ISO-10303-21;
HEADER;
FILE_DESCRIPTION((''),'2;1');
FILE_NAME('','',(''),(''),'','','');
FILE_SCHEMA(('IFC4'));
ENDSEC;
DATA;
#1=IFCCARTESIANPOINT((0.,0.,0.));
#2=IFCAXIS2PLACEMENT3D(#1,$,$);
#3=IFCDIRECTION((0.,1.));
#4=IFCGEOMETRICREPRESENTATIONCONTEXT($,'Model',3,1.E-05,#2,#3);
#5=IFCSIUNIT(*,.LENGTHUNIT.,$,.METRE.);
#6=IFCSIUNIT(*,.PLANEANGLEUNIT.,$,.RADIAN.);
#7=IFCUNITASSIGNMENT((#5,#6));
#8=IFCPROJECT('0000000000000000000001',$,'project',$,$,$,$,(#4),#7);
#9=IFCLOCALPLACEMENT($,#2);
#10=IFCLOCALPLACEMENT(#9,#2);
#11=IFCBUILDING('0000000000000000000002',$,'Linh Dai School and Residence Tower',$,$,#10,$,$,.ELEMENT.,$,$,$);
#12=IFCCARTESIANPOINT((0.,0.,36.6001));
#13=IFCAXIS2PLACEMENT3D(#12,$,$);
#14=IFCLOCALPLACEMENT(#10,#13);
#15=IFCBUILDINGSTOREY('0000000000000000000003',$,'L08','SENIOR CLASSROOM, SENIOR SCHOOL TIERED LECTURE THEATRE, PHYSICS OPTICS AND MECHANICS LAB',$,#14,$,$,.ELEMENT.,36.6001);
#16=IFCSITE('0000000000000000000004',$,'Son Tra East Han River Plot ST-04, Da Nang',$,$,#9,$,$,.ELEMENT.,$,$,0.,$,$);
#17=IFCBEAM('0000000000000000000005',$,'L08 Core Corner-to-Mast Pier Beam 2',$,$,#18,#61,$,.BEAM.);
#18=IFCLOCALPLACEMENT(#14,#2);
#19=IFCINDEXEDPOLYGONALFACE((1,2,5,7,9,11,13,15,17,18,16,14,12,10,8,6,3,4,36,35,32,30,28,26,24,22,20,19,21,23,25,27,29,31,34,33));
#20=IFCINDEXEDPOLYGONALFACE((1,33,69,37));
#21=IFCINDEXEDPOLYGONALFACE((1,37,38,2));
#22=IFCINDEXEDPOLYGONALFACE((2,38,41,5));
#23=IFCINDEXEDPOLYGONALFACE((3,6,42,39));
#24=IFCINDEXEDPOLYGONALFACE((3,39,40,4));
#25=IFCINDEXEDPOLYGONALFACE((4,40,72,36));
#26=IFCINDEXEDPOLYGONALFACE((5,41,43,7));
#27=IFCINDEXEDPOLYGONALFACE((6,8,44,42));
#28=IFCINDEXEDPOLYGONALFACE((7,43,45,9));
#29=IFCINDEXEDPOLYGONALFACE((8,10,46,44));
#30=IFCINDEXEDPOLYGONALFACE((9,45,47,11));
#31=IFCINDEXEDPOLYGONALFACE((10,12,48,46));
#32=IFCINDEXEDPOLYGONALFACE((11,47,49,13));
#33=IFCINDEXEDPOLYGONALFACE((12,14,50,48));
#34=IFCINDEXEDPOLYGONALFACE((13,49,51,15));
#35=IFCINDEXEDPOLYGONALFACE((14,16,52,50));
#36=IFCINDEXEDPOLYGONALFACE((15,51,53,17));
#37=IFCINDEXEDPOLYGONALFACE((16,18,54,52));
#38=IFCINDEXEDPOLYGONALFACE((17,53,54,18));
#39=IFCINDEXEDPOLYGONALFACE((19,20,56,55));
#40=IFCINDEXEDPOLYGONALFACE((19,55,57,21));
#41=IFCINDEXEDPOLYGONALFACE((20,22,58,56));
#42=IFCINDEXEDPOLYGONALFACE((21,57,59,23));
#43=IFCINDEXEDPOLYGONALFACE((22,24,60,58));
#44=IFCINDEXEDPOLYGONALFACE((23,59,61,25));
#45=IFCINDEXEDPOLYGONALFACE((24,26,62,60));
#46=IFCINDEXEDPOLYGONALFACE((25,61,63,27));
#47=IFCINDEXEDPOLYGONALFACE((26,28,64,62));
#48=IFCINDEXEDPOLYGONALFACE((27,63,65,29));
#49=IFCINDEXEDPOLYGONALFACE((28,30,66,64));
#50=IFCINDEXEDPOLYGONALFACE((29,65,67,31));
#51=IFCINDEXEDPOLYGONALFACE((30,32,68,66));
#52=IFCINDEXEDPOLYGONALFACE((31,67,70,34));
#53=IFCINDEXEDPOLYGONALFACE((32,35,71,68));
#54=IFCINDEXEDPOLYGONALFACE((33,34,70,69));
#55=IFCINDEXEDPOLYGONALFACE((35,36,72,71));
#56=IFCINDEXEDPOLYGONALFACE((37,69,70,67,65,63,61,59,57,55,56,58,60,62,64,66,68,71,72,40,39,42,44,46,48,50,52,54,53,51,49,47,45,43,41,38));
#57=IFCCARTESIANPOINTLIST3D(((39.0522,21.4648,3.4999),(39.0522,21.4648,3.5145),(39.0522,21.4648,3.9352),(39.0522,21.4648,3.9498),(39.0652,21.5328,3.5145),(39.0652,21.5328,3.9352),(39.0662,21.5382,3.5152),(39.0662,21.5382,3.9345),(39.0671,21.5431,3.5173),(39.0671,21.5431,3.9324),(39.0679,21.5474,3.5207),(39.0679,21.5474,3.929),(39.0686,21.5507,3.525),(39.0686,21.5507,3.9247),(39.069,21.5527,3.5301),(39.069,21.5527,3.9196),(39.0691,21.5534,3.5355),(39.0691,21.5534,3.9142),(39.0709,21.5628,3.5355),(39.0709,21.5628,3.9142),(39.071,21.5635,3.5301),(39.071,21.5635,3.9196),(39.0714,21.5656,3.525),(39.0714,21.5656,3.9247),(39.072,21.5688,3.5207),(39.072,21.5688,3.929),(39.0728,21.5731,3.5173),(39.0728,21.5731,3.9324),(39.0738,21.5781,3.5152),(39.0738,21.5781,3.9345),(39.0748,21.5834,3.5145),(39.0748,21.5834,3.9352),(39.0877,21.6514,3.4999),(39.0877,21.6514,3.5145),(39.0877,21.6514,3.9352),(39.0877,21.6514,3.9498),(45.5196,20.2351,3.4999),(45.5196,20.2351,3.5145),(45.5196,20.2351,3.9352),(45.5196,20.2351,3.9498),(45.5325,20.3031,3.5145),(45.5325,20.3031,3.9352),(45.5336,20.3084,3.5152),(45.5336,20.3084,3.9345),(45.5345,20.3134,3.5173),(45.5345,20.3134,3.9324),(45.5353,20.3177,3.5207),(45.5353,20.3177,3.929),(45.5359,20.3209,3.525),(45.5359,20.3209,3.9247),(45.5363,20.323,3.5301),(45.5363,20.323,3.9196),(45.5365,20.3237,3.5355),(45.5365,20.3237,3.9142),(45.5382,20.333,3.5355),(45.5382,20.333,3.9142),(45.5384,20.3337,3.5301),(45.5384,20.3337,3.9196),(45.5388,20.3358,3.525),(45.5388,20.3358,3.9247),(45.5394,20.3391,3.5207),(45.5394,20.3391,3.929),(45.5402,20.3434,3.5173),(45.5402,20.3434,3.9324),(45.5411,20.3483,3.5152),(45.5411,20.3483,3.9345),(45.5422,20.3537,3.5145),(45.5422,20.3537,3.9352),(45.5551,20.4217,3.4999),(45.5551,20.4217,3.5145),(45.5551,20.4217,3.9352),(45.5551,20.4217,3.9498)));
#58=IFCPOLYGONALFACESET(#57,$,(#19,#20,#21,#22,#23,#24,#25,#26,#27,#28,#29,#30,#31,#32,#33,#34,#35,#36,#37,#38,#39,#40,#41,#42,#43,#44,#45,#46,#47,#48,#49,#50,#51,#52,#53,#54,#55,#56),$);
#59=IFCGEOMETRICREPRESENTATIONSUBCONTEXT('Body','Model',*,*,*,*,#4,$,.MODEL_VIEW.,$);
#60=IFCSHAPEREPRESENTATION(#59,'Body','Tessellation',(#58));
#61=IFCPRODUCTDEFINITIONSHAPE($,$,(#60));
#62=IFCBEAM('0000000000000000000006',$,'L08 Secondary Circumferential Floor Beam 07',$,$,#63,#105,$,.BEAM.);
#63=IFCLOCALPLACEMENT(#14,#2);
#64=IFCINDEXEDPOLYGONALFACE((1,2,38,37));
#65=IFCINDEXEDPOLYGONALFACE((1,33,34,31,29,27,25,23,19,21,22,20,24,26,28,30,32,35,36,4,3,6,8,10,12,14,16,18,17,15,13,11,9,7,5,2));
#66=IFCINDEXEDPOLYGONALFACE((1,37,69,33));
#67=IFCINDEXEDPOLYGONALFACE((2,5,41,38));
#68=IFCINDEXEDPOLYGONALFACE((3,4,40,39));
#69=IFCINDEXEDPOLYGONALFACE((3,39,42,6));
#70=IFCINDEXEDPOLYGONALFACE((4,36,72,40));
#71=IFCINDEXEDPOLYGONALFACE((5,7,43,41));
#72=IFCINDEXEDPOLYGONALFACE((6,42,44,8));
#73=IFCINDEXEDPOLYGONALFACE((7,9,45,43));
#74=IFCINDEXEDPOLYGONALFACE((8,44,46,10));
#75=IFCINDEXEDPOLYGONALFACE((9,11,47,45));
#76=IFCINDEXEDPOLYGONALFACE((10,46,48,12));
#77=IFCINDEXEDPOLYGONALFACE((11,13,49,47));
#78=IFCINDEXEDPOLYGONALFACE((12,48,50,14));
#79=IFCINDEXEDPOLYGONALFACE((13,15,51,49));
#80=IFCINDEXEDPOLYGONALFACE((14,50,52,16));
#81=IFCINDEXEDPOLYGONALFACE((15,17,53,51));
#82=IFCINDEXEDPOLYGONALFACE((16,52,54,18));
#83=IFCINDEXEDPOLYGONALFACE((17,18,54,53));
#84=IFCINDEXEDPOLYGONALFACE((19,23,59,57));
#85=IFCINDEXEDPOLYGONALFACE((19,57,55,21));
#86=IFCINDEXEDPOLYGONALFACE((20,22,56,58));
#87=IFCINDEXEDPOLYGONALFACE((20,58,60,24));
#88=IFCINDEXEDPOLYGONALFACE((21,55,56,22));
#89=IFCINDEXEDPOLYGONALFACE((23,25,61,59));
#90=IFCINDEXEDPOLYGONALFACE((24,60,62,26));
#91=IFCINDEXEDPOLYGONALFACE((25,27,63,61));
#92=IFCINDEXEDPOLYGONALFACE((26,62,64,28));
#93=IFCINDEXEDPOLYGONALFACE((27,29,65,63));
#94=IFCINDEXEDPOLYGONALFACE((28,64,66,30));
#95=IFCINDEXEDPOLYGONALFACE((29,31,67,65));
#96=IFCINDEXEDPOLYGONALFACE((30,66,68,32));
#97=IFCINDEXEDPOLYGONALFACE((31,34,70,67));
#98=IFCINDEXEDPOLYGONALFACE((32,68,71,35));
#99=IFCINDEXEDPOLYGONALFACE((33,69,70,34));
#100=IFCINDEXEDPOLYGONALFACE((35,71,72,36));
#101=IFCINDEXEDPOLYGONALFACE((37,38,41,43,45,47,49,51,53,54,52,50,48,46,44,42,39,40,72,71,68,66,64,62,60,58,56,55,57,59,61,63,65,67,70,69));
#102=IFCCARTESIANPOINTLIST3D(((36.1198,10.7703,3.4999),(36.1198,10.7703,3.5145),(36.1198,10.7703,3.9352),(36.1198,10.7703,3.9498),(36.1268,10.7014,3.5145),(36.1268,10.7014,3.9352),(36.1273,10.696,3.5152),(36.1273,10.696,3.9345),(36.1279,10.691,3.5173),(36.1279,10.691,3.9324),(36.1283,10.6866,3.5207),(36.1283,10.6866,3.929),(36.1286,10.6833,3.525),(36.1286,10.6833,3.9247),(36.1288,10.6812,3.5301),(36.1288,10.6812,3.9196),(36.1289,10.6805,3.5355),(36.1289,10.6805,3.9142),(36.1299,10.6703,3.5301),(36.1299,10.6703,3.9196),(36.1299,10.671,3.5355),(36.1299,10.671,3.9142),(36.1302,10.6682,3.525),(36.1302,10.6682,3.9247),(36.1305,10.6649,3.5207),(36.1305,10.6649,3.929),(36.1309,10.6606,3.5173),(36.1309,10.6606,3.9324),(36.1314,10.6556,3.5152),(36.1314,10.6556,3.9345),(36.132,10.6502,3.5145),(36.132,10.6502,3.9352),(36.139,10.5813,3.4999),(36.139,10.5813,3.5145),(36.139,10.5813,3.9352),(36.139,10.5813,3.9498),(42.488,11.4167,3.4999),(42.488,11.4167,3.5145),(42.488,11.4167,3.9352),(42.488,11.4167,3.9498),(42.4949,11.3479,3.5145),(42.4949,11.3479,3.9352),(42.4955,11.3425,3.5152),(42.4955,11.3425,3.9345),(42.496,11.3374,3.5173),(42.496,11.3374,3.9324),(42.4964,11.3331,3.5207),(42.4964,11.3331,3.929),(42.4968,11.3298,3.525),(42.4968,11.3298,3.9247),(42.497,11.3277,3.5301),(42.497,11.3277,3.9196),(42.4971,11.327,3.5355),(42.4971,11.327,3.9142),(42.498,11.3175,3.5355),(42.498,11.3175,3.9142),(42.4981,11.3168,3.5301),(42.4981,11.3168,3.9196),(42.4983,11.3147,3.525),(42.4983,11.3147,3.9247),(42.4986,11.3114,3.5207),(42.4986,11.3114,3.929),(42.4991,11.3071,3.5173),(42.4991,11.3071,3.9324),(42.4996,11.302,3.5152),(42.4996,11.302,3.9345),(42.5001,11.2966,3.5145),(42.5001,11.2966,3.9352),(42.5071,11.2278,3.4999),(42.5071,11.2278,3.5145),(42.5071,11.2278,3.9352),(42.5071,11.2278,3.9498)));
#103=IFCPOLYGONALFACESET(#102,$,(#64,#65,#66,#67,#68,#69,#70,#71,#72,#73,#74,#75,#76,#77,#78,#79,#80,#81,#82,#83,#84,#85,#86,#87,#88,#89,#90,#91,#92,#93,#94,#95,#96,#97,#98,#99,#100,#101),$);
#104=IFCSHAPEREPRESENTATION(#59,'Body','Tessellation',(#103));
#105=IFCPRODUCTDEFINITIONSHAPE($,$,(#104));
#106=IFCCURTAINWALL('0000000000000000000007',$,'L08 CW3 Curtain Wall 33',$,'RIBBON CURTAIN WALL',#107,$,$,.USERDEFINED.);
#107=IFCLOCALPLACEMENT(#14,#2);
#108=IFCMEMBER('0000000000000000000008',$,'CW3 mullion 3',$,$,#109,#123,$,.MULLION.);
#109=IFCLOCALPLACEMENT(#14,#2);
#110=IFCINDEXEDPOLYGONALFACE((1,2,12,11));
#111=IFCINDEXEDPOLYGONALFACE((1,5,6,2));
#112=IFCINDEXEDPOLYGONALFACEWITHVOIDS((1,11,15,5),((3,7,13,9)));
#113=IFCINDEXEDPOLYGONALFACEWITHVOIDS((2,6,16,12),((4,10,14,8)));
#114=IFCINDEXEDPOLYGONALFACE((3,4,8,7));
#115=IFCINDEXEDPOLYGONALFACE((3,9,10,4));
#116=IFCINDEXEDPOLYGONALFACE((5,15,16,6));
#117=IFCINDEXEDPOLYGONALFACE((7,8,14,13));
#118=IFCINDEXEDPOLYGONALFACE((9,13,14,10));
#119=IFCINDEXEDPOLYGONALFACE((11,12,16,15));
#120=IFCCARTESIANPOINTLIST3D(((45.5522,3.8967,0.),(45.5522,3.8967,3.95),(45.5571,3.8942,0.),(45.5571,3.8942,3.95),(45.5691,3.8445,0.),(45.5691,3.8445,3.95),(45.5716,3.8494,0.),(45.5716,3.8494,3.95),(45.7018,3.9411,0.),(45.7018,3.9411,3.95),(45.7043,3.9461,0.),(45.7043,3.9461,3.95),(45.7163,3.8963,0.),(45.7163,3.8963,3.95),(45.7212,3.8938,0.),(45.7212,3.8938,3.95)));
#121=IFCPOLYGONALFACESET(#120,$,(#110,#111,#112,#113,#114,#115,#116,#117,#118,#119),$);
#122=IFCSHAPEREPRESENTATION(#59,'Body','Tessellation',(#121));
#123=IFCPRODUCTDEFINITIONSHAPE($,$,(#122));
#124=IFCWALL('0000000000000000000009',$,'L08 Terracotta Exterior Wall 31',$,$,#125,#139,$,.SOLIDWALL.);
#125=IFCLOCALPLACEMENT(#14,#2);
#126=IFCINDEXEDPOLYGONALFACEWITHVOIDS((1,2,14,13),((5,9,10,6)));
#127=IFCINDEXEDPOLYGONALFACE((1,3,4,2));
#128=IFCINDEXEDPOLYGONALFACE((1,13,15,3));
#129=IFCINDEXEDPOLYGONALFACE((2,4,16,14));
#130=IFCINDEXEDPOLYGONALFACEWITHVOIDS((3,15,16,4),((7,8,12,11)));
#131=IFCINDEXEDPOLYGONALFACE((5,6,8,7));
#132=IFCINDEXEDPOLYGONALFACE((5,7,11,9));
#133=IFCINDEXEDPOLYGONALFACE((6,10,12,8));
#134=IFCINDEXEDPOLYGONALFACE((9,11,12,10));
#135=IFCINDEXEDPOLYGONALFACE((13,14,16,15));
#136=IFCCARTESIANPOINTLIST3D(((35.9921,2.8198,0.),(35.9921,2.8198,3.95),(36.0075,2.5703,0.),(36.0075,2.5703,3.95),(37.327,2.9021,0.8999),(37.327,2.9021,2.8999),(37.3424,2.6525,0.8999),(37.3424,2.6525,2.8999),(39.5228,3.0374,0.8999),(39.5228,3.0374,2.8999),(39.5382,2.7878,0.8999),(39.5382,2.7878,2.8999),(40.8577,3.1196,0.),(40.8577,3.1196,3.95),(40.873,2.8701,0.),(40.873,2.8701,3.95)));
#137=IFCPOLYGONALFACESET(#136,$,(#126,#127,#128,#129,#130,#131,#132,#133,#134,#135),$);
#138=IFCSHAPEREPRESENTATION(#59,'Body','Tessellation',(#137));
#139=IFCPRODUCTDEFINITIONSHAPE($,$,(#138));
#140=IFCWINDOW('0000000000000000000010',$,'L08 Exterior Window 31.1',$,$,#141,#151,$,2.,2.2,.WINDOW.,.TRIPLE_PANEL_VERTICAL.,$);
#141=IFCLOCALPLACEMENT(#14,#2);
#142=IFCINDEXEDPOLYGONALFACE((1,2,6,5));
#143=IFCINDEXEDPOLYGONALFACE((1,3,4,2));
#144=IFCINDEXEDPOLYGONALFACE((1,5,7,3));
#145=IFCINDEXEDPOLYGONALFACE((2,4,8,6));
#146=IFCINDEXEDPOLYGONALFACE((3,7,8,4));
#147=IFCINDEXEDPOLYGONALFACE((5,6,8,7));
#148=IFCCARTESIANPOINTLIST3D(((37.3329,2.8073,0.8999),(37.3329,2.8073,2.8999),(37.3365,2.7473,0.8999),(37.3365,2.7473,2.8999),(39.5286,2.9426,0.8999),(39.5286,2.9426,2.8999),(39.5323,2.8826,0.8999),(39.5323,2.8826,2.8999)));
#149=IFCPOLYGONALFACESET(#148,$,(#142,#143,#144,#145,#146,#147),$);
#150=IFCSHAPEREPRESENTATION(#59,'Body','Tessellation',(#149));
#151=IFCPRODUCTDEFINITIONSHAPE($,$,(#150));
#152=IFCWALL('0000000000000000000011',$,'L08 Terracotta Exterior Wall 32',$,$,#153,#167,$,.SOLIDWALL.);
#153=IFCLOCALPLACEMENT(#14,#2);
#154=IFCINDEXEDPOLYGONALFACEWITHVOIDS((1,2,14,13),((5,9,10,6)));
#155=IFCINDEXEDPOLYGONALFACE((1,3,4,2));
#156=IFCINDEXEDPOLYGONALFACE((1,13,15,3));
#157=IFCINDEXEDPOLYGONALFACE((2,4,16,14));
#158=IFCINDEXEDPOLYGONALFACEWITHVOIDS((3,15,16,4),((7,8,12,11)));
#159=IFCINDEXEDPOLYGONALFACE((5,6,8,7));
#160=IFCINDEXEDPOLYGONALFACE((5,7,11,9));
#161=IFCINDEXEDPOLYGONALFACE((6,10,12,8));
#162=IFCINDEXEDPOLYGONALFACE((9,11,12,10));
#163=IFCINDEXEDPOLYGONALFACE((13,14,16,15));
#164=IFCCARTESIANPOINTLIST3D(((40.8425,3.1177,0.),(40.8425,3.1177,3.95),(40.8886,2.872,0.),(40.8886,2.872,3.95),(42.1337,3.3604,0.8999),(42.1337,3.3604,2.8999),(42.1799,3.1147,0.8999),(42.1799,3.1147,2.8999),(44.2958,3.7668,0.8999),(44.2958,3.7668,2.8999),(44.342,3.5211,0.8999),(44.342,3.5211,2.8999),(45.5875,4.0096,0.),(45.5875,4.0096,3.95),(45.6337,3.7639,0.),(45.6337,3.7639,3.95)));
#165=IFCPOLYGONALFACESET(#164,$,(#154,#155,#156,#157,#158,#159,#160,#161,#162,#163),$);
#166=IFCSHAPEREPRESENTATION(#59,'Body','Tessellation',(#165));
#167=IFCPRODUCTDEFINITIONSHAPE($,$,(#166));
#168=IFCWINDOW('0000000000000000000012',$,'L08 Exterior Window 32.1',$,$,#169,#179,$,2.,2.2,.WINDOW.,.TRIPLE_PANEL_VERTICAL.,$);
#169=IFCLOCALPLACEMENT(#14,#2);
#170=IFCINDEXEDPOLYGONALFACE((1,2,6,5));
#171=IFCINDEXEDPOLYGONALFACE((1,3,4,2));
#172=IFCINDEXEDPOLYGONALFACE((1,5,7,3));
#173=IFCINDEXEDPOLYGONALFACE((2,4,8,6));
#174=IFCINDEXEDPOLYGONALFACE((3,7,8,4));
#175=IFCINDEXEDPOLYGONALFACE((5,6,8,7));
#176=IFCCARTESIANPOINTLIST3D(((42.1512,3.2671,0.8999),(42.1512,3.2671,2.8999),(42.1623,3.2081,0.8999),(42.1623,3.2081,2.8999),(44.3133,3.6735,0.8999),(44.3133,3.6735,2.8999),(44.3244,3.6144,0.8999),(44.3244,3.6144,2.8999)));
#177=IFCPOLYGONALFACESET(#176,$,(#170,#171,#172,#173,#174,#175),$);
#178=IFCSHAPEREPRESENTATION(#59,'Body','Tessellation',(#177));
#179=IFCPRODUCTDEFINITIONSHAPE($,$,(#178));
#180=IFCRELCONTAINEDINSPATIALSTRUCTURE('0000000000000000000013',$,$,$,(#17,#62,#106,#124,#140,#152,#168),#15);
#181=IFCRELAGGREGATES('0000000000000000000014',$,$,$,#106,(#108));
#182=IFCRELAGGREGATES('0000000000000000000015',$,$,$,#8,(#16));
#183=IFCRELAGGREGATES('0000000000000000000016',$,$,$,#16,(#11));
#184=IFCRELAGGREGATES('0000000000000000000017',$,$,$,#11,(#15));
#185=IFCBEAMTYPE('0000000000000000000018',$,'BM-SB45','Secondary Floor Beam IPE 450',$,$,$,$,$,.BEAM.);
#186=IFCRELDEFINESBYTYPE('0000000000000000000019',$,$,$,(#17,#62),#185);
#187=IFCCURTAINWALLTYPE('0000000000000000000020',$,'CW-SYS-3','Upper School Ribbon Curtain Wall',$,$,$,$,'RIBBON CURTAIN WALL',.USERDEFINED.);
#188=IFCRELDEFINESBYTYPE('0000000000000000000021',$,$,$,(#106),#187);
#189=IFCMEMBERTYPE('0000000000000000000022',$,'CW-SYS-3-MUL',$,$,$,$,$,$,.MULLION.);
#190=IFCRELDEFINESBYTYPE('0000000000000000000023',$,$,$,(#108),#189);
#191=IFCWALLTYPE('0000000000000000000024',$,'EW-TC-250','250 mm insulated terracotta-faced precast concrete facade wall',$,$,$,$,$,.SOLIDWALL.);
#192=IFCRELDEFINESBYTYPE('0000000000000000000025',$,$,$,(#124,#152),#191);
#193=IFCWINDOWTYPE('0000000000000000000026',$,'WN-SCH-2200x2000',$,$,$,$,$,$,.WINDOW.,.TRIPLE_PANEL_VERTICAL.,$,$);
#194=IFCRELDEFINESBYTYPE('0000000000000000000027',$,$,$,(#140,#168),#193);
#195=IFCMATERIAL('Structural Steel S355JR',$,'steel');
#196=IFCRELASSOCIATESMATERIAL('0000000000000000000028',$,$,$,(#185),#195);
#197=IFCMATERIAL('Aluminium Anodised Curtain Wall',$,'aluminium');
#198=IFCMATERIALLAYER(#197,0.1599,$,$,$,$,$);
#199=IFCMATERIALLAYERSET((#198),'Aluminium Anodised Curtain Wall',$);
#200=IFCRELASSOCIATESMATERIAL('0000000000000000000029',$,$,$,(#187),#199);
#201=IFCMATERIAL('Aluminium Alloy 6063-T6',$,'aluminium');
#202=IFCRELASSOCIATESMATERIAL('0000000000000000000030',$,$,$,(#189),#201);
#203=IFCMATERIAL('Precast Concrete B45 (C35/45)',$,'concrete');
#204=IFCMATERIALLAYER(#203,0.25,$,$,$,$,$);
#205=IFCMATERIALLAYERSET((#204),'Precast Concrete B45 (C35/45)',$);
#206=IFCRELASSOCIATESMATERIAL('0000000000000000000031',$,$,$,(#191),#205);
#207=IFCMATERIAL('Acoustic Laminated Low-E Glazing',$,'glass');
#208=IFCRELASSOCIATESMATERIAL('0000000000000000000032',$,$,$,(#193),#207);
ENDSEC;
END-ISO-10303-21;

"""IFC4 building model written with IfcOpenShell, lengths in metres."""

from ifc_helpers import new_model, si_unit, direction, frame, frame_2d, origin, origin_2d, place, context, subcontext, project, spatial, rectangle, hollow_rectangle, i_section, extrude, source, transform, mapped, material, layer, layer_set, material_profile, profile_set, type_object, element, fill, aggregate, save


model = new_model("IFC4")

# Units and contexts
model_context = context("Model", 3, precision=1e-05, world=origin(), true_north=direction((0.0, 1.0)))
body_context = subcontext(model_context, "Body", "Model", "MODEL_VIEW")
ifc_project = project(units=[si_unit("LENGTHUNIT", "METRE"), si_unit("PLANEANGLEUNIT", "RADIAN")], contexts=[model_context])

# Site, building, storey
site_placement = place(None, origin())
site = spatial("IfcSite", under=ifc_project, at=site_placement, Name="Son Tra East Han River Plot ST-04, Da Nang", CompositionType="ELEMENT", RefElevation=0.0)
building_placement = place(site_placement, origin())
building = spatial("IfcBuilding", under=site, at=building_placement, Name="Linh Dai School and Residence Tower", CompositionType="ELEMENT")
storey_placement = place(building_placement, frame((0.0, 0.0, 36.6001)))
storey = spatial("IfcBuildingStorey", under=building, at=storey_placement, Name="L08", Description="SENIOR CLASSROOM, SENIOR SCHOOL TIERED LECTURE THEATRE, PHYSICS OPTICS AND MECHANICS LAB", CompositionType="ELEMENT", Elevation=36.6001)

# Shared definitions
ifc_material_1 = material(Name="Structural Steel S355JR", Category="steel")

# Beams
ifc_material_profile_1 = material_profile(ifc_material_1, i_section(OverallWidth=0.1899, OverallDepth=0.45, WebThickness=0.0095, FlangeThickness=0.0146, FilletRadius=0.021, at=origin_2d()), Name="IPE 450")
ifc_profile_set_1 = profile_set([ifc_material_profile_1], Name="Structural Steel S355JR")
beam_type_1 = type_object("IfcBeamType", Name="BM-SB45", Description="Secondary Floor Beam IPE 450", PredefinedType="BEAM", material=ifc_profile_set_1)
beam_1_placement = place(storey_placement, frame((45.5374, 20.3284, 3.7249), z_axis=(-0.982398, 0.1868, 0.0), x_axis=(-0.1868, -0.982398, 0.0)))
element("IfcBeam", 1, at=beam_1_placement, inside=storey, type_object=beam_type_1, Name="L08 Core Corner-to-Mast Pier Beam 2", PredefinedType="BEAM", context=body_context, shape_type="SweptSolid", body=[
    extrude(i_section(OverallWidth=0.1899, OverallDepth=0.45, WebThickness=0.0095, FlangeThickness=0.0146, FilletRadius=0.021, at=origin_2d()), origin(), (0.0, 0.0, 1.0), 6.5833),
])
beam_2_placement = place(storey_placement, frame((36.1294, 10.6758, 3.7249), z_axis=(0.994887, 0.100999, 0.0), x_axis=(-0.100999, 0.994887, 0.0)))
element("IfcBeam", 2, at=beam_2_placement, inside=storey, type_object=beam_type_1, Name="L08 Secondary Circumferential Floor Beam 07", PredefinedType="BEAM", context=body_context, shape_type="SweptSolid", body=[
    extrude(i_section(OverallWidth=0.1899, OverallDepth=0.45, WebThickness=0.0095, FlangeThickness=0.0146, FilletRadius=0.021, at=origin_2d()), origin(), (0.0, 0.0, 1.0), 6.4009),
])

# Curtain wall, member
ifc_material_2 = material(Name="Aluminium Anodised Curtain Wall", Category="aluminium")
ifc_layer_1 = layer(ifc_material_2, 0.1599)
ifc_layer_set_1 = layer_set([ifc_layer_1], Name="Aluminium Anodised Curtain Wall")
curtain_wall_type = type_object("IfcCurtainWallType", Name="CW-SYS-3", Description="Upper School Ribbon Curtain Wall", ElementType="RIBBON CURTAIN WALL", PredefinedType="USERDEFINED", material=ifc_layer_set_1)
curtain_wall_placement = place(storey_placement, origin())
curtain_wall = element("IfcCurtainWall", 3, at=curtain_wall_placement, inside=storey, type_object=curtain_wall_type, Name="L08 CW3 Curtain Wall 33", ObjectType="RIBBON CURTAIN WALL", PredefinedType="USERDEFINED")
ifc_material_3 = material(Name="Aluminium Alloy 6063-T6", Category="aluminium")
ifc_material_profile_2 = material_profile(ifc_material_3, hollow_rectangle(XDim=0.0549, YDim=0.1599, WallThickness=0.0039, at=origin_2d()), Name="RHS 160x55x4")
ifc_profile_set_2 = profile_set([ifc_material_profile_2], Name="Aluminium Alloy 6063-T6")
member_type = type_object("IfcMemberType", Name="CW-SYS-3-MUL", PredefinedType="MULLION", material=ifc_profile_set_2)
shared_shape_1 = source(origin(), body_context, "Body", "SweptSolid", [
    extrude(hollow_rectangle(XDim=0.0549, YDim=0.1599, WallThickness=0.0039, at=origin_2d()), origin(), (0.0, 0.0, 1.0), 3.95),
])
member_placement = place(storey_placement, frame((45.6367, 3.8953, 0.0), z_axis=(0.0, 0.0, 1.0), x_axis=(0.308511, -0.951221, 0.0)))
member = element("IfcMember", 4, at=member_placement, type_object=member_type, Name="CW3 mullion 3", PredefinedType="MULLION", context=body_context, shape_type="MappedRepresentation", body=[
    mapped(shared_shape_1, transform((0.0, 0.0, 0.0), x_axis=(1.0, 0.0, 0.0), y_axis=(0.0, 1.0, 0.0), z_axis=(0.0, 0.0, 1.0), scale=1.0)),
])
aggregate(curtain_wall, [member])

# Walls, openings, windows
ifc_material_4 = material(Name="Precast Concrete B45 (C35/45)", Category="concrete")
ifc_layer_2 = layer(ifc_material_4, 0.25)
ifc_layer_set_2 = layer_set([ifc_layer_2], Name="Precast Concrete B45 (C35/45)")
wall_type_1 = type_object("IfcWallType", Name="EW-TC-250", Description="250 mm insulated terracotta-faced precast concrete facade wall", PredefinedType="SOLIDWALL", material=ifc_layer_set_2)
wall_1_placement = place(storey_placement, frame((40.8655, 2.9949, 0.0), z_axis=(0.0, 0.0, 1.0), x_axis=(-0.998107, -0.061502, 0.0)))
wall_1 = element("IfcWall", 5, at=wall_1_placement, inside=storey, type_object=wall_type_1, Name="L08 Terracotta Exterior Wall 31", PredefinedType="SOLIDWALL", context=body_context, shape_type="SweptSolid", body=[
    extrude(rectangle(XDim=4.8748, YDim=0.25, at=frame_2d((2.4375, 0.0))), origin(), (0.0, 0.0, 1.0), 3.95),
])
opening_1_placement = place(wall_1_placement, frame((1.3374, 0.0, 0.8999)))
opening_1 = element("IfcOpeningElement", 6, at=opening_1_placement, cuts=wall_1, PredefinedType="OPENING", context=body_context, shape_type="SweptSolid", body=[
    extrude(rectangle(XDim=2.2, YDim=2.0, at=origin_2d()), frame((1.1001, 0.135, 1.0), z_axis=(0.0, -1.0, 0.0), x_axis=(1.0, 0.0, 0.0)), (0.0, 0.0, 1.0), 0.27),
])
ifc_material_5 = material(Name="Acoustic Laminated Low-E Glazing", Category="glass")
window_type = type_object("IfcWindowType", Name="WN-SCH-2200x2000", PartitioningType="TRIPLE_PANEL_VERTICAL", PredefinedType="WINDOW", material=ifc_material_5)
shared_shape_2 = source(origin(), body_context, "Body", "SweptSolid", [
    extrude(rectangle(XDim=2.2, YDim=2.0, at=origin_2d()), frame((1.1001, 0.03, 1.0), z_axis=(0.0, -1.0, 0.0), x_axis=(1.0, 0.0, 0.0)), (0.0, 0.0, 1.0), 0.0601),
])
window_1_placement = place(opening_1_placement, origin())
window_1 = element("IfcWindow", 7, at=window_1_placement, inside=storey, type_object=window_type, Name="L08 Exterior Window 31.1", OverallHeight=2.0, OverallWidth=2.2, PartitioningType="TRIPLE_PANEL_VERTICAL", PredefinedType="WINDOW", context=body_context, shape_type="MappedRepresentation", body=[
    mapped(shared_shape_2, transform((0.0, 0.0, 0.0), x_axis=(1.0, 0.0, 0.0), y_axis=(0.0, 1.0, 0.0), z_axis=(0.0, 0.0, 1.0), scale=1.0)),
])
fill(opening_1, window_1)
wall_2_placement = place(storey_placement, frame((45.6106, 3.8867, 0.0), z_axis=(0.0, 0.0, 1.0), x_axis=(-0.982792, -0.184716, 0.0)))
wall_2 = element("IfcWall", 8, at=wall_2_placement, inside=storey, type_object=wall_type_1, Name="L08 Terracotta Exterior Wall 32", PredefinedType="SOLIDWALL", context=body_context, shape_type="SweptSolid", body=[
    extrude(rectangle(XDim=4.8281, YDim=0.25, at=frame_2d((2.4141, 0.0))), origin(), (0.0, 0.0, 1.0), 3.95),
])
opening_2_placement = place(wall_2_placement, frame((1.3142, 0.0, 0.8999)))
opening_2 = element("IfcOpeningElement", 9, at=opening_2_placement, cuts=wall_2, PredefinedType="OPENING", context=body_context, shape_type="SweptSolid", body=[
    extrude(rectangle(XDim=2.2, YDim=2.0, at=origin_2d()), frame((1.1001, 0.135, 1.0), z_axis=(0.0, -1.0, 0.0), x_axis=(1.0, 0.0, 0.0)), (0.0, 0.0, 1.0), 0.27),
])
window_2_placement = place(opening_2_placement, origin())
window_2 = element("IfcWindow", 10, at=window_2_placement, inside=storey, type_object=window_type, Name="L08 Exterior Window 32.1", OverallHeight=2.0, OverallWidth=2.2, PartitioningType="TRIPLE_PANEL_VERTICAL", PredefinedType="WINDOW", context=body_context, shape_type="MappedRepresentation", body=[
    mapped(shared_shape_2, transform((0.0, 0.0, 0.0), x_axis=(1.0, 0.0, 0.0), y_axis=(0.0, 1.0, 0.0), z_axis=(0.0, 0.0, 1.0), scale=1.0)),
])
fill(opening_2, window_2)

save(model, "model.ifc")
